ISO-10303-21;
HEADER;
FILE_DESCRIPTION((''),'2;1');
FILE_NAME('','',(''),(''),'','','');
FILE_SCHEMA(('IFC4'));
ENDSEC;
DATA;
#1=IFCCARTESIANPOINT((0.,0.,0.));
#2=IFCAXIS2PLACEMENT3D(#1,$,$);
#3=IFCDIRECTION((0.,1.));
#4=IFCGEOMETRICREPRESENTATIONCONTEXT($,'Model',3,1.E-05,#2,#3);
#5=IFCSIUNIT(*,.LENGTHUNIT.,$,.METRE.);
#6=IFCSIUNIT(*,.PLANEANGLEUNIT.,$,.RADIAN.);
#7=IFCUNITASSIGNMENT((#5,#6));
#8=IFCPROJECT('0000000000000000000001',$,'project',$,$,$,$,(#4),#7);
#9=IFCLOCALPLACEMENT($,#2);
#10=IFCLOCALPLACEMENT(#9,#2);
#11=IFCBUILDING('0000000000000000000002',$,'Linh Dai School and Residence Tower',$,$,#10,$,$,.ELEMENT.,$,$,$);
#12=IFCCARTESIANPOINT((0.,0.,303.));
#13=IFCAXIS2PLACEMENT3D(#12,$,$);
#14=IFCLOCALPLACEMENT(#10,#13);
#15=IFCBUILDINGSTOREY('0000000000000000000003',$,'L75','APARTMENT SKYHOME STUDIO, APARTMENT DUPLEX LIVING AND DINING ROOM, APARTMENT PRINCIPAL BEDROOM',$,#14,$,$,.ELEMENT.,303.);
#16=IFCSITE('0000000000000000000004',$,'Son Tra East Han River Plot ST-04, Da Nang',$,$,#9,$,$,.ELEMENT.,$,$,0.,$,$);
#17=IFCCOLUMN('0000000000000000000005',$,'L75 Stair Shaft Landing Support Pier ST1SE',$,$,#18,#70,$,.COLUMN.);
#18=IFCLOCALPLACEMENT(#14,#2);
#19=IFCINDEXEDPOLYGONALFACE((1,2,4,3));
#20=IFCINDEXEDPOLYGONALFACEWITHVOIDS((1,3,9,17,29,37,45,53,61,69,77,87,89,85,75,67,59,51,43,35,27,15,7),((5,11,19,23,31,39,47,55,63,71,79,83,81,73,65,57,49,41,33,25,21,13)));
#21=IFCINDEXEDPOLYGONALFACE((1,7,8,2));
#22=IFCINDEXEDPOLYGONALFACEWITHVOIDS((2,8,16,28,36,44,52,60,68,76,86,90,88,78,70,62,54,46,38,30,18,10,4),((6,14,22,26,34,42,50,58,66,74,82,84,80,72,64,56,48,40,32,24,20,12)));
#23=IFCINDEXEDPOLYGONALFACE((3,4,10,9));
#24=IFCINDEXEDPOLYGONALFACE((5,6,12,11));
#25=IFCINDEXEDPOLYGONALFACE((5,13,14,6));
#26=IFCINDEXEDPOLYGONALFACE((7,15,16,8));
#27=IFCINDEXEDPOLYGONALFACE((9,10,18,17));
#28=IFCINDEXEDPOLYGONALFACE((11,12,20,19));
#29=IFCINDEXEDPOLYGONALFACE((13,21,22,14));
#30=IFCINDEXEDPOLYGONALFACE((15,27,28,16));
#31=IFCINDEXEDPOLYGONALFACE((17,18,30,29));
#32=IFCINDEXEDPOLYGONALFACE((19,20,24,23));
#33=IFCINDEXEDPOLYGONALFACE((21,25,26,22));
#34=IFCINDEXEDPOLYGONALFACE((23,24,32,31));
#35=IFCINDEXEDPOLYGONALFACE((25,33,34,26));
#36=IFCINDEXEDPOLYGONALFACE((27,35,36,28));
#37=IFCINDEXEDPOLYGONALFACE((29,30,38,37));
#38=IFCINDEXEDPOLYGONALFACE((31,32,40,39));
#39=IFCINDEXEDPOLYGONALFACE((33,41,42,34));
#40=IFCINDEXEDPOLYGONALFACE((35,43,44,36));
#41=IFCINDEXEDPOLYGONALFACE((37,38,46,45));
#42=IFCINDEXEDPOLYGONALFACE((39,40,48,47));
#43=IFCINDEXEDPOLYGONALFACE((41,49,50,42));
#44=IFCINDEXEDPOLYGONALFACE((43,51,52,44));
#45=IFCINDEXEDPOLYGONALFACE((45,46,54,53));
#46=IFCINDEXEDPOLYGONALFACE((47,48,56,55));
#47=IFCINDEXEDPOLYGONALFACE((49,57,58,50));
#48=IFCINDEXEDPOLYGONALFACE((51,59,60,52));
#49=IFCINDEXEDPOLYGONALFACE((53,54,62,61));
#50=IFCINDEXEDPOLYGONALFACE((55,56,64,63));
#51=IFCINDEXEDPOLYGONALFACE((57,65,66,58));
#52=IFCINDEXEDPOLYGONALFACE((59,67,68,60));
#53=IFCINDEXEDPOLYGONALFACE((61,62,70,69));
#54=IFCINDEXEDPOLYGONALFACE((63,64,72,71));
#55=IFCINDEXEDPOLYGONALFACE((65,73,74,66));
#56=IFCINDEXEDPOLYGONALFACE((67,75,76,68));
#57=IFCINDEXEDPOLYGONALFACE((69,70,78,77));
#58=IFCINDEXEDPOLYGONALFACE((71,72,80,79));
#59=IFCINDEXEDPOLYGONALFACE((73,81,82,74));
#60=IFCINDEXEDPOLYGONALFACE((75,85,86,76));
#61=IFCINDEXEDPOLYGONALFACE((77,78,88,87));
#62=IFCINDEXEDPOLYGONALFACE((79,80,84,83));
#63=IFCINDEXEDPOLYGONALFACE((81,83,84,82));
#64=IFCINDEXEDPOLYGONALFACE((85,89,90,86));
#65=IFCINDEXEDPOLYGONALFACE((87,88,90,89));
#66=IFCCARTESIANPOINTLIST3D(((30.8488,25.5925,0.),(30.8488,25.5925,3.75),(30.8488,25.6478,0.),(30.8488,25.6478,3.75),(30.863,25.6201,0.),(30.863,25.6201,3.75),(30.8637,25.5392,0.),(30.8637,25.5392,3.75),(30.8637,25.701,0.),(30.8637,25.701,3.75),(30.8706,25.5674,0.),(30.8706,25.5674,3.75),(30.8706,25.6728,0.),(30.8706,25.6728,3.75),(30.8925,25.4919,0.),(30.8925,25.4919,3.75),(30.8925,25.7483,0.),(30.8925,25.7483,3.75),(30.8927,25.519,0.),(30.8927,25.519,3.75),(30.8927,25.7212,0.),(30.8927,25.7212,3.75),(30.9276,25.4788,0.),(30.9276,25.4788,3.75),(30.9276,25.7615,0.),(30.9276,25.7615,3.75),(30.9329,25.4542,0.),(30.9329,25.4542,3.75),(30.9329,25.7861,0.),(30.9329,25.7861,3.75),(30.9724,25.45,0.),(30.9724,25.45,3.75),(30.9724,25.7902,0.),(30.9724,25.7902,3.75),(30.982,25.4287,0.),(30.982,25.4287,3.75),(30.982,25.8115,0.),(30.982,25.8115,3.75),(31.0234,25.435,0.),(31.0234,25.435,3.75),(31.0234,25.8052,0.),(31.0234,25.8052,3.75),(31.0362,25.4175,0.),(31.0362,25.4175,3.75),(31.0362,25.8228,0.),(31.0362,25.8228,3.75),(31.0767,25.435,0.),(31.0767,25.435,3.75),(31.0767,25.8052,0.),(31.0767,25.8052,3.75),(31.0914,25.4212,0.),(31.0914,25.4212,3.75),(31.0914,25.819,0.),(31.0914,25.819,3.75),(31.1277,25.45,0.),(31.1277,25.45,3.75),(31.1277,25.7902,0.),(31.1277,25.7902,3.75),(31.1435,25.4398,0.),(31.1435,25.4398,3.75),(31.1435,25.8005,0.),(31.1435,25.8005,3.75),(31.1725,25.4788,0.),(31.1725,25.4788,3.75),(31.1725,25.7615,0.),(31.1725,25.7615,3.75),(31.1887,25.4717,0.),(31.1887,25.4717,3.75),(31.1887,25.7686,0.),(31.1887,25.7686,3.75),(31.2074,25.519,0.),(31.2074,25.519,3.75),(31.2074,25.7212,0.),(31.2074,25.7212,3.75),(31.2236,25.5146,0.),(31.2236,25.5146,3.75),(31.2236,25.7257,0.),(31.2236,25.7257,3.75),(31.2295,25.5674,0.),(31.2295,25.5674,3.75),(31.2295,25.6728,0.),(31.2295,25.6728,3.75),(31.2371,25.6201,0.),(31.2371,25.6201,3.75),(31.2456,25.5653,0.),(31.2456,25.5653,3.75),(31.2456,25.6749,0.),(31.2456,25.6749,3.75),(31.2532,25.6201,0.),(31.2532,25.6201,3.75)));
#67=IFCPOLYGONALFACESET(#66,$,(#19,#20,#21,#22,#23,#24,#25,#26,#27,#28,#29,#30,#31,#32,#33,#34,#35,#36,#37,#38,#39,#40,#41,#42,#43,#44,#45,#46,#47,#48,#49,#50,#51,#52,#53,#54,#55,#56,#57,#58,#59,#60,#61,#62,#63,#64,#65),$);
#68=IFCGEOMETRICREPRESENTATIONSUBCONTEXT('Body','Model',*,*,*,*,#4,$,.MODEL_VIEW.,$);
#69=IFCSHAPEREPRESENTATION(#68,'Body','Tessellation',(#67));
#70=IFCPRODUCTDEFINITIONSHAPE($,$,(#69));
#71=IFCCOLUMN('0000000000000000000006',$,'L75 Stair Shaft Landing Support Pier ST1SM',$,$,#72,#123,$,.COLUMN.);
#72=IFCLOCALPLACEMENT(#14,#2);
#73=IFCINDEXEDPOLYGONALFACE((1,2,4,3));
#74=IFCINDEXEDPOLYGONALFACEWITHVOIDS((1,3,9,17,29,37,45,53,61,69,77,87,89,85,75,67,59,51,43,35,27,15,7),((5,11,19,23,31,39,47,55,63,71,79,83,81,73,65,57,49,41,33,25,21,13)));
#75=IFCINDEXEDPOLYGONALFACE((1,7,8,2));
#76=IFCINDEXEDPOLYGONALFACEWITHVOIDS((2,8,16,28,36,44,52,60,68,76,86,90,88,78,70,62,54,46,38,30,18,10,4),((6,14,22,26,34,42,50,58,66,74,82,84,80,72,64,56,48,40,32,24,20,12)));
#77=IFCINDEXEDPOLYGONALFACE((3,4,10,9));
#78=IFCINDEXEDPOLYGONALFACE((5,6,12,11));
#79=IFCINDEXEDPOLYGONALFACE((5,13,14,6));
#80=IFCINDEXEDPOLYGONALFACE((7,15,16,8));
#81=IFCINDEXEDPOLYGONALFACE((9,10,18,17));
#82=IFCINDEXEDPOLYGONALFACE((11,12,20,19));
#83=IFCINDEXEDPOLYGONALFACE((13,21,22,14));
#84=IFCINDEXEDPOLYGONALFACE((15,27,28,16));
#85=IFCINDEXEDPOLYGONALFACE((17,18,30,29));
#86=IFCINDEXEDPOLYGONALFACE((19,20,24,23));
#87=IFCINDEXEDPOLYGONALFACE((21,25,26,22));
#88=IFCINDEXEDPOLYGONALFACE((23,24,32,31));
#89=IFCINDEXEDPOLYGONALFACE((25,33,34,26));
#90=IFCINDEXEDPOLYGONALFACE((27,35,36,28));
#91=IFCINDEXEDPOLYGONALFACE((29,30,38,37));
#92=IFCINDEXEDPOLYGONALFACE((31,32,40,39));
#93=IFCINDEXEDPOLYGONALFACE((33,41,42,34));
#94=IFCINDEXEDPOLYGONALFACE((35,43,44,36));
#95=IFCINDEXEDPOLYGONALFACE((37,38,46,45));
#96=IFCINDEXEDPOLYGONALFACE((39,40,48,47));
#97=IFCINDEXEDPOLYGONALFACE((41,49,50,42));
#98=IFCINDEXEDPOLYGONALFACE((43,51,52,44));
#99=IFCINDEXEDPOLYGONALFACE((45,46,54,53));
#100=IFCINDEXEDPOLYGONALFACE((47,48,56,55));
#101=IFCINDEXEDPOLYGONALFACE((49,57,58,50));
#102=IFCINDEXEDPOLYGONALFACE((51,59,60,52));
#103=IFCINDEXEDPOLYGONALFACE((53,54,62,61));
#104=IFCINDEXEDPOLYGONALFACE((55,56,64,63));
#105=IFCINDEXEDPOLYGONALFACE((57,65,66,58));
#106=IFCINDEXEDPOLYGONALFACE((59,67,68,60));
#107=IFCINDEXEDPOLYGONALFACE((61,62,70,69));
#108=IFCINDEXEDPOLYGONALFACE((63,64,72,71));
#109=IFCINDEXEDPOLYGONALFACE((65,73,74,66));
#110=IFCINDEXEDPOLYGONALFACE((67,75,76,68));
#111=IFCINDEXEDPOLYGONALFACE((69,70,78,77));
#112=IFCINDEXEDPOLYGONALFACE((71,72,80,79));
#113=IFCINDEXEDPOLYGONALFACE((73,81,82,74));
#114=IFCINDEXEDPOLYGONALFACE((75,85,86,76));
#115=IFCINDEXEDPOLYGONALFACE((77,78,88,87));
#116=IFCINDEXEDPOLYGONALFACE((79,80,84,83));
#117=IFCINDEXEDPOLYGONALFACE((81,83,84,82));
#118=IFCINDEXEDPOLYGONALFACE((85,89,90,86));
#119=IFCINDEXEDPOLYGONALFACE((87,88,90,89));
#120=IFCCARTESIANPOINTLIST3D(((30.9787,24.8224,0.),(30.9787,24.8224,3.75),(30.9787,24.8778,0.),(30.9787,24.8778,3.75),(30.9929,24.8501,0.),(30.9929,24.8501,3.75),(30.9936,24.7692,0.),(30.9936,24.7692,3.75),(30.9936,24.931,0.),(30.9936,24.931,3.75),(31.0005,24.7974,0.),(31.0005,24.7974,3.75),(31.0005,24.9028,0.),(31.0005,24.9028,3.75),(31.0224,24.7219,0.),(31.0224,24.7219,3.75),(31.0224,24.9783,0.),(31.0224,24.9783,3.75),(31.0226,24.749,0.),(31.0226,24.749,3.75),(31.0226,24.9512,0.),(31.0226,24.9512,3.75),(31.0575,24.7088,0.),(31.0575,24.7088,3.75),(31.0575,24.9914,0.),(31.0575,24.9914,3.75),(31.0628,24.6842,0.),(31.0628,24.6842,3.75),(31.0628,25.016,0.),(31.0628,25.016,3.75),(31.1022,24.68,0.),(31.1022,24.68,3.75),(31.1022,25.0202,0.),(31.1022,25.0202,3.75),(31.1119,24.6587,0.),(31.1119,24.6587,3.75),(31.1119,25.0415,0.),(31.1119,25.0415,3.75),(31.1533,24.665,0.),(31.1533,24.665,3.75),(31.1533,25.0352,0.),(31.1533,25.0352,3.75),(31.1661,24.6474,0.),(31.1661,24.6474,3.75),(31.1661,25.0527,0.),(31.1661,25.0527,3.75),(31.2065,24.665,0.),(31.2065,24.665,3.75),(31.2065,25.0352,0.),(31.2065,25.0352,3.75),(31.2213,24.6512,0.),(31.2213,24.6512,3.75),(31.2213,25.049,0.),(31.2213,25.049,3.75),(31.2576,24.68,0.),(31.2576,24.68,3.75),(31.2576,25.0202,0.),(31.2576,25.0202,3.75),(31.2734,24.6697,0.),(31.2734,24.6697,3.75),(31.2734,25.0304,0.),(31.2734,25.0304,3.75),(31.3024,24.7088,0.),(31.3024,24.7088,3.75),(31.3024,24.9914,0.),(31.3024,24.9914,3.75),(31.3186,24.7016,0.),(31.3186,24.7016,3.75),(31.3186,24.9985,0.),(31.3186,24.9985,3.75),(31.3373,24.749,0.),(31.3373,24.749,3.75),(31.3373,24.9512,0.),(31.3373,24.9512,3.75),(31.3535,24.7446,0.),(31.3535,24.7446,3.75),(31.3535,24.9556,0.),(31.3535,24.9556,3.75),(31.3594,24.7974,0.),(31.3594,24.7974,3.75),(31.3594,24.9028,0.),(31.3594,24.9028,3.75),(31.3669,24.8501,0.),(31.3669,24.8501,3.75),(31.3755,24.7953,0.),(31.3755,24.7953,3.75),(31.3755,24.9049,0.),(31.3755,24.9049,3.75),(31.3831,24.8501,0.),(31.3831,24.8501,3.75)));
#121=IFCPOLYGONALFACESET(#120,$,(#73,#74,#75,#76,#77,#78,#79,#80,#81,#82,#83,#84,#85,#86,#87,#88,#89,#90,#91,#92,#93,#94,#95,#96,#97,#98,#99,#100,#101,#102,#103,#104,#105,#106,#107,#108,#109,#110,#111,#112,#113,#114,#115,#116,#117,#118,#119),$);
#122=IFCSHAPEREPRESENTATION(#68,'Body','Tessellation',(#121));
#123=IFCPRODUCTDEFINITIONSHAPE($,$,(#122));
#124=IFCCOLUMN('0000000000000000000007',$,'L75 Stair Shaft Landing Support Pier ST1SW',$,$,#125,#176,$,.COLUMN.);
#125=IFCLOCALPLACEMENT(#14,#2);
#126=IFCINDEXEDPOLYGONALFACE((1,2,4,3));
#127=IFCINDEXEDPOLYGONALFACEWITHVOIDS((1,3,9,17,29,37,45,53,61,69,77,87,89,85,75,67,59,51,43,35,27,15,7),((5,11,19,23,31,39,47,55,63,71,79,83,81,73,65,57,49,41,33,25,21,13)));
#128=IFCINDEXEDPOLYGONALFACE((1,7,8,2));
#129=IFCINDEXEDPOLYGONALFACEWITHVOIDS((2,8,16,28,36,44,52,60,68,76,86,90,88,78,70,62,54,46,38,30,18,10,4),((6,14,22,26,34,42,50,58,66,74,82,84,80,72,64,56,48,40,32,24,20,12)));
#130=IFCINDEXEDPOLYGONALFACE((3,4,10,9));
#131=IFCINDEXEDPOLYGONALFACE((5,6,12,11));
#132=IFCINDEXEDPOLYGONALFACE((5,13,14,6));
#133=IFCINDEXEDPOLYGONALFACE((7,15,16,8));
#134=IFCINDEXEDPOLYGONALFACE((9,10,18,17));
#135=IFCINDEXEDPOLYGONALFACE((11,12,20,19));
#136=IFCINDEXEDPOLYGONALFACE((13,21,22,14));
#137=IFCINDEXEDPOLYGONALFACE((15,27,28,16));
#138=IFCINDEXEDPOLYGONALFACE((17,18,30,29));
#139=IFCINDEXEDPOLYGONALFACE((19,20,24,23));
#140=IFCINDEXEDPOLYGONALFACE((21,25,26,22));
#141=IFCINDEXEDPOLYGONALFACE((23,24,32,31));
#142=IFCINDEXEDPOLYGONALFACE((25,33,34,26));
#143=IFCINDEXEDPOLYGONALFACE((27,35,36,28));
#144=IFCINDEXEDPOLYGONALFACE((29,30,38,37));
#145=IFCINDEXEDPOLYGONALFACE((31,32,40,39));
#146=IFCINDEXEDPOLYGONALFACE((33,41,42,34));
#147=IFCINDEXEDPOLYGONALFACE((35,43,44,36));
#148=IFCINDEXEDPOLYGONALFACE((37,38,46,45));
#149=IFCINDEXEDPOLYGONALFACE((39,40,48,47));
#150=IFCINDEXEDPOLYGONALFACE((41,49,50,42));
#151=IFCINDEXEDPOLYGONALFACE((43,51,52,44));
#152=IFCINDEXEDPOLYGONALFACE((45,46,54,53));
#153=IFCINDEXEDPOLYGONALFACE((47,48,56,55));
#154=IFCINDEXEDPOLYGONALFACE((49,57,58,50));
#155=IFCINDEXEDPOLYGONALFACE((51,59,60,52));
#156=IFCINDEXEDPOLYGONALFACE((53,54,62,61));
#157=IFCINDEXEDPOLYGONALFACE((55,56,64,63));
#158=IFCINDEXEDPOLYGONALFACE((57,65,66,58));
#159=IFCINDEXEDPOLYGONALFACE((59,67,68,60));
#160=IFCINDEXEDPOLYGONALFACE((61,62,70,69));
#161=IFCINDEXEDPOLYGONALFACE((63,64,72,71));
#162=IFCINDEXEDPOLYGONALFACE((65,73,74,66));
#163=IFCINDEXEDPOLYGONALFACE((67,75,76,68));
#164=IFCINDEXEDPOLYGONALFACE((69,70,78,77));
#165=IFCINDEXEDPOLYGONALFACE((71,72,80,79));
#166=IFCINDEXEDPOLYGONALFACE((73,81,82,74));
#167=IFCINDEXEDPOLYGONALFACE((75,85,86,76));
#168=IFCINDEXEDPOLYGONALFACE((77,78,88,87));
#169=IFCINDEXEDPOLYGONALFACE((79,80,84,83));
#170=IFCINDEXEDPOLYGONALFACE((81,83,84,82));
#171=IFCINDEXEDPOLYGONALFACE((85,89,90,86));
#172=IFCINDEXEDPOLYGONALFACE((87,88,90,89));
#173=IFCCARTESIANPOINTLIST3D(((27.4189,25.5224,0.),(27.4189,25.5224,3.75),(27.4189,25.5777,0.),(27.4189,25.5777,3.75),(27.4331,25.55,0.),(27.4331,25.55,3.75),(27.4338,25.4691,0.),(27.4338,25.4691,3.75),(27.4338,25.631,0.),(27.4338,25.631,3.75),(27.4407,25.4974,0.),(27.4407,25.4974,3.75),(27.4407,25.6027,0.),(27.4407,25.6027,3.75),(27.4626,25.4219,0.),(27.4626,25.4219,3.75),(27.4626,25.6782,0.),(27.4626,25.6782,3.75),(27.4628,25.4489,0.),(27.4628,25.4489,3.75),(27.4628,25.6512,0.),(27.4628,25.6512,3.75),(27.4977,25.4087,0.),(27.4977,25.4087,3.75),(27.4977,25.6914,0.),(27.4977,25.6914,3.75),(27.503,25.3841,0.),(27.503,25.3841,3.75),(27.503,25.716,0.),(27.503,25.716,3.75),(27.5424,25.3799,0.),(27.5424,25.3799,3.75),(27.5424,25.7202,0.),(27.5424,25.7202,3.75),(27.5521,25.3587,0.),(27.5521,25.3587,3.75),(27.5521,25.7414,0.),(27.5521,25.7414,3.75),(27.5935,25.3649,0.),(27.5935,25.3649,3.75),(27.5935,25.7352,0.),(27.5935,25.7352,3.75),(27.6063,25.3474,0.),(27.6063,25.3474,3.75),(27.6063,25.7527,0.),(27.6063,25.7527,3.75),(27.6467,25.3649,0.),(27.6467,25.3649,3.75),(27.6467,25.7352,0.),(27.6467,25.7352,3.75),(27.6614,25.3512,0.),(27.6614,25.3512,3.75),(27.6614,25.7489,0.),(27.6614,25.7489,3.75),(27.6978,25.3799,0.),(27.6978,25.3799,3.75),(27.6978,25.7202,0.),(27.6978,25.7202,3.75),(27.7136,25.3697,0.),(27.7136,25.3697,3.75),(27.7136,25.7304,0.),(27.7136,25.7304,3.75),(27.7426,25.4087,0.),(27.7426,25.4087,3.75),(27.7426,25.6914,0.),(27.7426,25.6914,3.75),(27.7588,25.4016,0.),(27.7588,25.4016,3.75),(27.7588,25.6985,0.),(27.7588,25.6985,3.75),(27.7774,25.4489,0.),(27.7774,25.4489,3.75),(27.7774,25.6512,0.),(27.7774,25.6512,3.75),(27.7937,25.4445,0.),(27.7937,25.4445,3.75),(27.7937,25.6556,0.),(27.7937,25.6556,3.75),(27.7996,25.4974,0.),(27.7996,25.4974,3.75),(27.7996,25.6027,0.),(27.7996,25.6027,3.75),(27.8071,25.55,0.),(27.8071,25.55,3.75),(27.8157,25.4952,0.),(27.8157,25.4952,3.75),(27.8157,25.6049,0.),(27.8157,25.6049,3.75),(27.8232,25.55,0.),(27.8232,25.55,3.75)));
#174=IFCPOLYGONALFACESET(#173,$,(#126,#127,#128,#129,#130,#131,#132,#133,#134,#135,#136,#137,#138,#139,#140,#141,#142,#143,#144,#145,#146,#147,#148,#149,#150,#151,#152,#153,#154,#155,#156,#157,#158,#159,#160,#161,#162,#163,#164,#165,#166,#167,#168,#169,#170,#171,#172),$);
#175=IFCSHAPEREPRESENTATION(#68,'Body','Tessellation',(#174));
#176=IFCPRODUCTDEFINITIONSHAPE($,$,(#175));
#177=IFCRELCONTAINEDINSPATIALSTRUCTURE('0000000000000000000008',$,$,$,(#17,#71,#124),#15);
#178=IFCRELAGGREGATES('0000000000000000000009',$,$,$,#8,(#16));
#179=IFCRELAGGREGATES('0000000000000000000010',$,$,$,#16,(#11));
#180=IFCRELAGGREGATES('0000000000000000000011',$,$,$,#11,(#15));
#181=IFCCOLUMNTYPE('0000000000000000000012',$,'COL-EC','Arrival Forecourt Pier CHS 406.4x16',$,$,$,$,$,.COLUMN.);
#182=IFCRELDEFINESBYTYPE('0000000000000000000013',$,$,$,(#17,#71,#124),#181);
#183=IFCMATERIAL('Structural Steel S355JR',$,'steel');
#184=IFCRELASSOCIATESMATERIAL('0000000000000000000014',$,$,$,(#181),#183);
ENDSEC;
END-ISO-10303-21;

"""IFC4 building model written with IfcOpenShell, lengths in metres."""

from ifc_helpers import new_model, si_unit, direction, frame, origin, origin_2d, place, context, subcontext, project, spatial, hollow_circle, extrude, material, material_profile, profile_set, type_object, element, save


model = new_model("IFC4")

# Units and contexts
model_context = context("Model", 3, precision=1e-05, world=origin(), true_north=direction((0.0, 1.0)))
body_context = subcontext(model_context, "Body", "Model", "MODEL_VIEW")
ifc_project = project(units=[si_unit("LENGTHUNIT", "METRE"), si_unit("PLANEANGLEUNIT", "RADIAN")], contexts=[model_context])

# Site, building, storey
site_placement = place(None, origin())
site = spatial("IfcSite", under=ifc_project, at=site_placement, Name="Son Tra East Han River Plot ST-04, Da Nang", CompositionType="ELEMENT", RefElevation=0.0)
building_placement = place(site_placement, origin())
building = spatial("IfcBuilding", under=site, at=building_placement, Name="Linh Dai School and Residence Tower", CompositionType="ELEMENT")
storey_placement = place(building_placement, frame((0.0, 0.0, 303.0)))
storey = spatial("IfcBuildingStorey", under=building, at=storey_placement, Name="L75", Description="APARTMENT SKYHOME STUDIO, APARTMENT DUPLEX LIVING AND DINING ROOM, APARTMENT PRINCIPAL BEDROOM", CompositionType="ELEMENT", Elevation=303.0)

# Columns
ifc_material_1 = material(Name="Structural Steel S355JR", Category="steel")
ifc_material_profile_1 = material_profile(ifc_material_1, hollow_circle(Radius=0.2031, WallThickness=0.0161, at=origin_2d()), Name="CHS 406.4x16")
ifc_profile_set_1 = profile_set([ifc_material_profile_1], Name="Structural Steel S355JR")
column_type = type_object("IfcColumnType", Name="COL-EC", Description="Arrival Forecourt Pier CHS 406.4x16", PredefinedType="COLUMN", material=ifc_profile_set_1)
for number, where, z_axis, x_axis, name in (
    (1, (31.05, 25.6201, 0.0), (0.0, 0.0, 1.0), (1.0, 0.0, 0.0), "L75 Stair Shaft Landing Support Pier ST1SE"),
    (2, (31.1799, 24.8501, 0.0), (0.0, 0.0, 1.0), (1.0, 0.0, 0.0), "L75 Stair Shaft Landing Support Pier ST1SM"),
    (3, (27.6201, 25.55, 0.0), (0.0, 0.0, 1.0), (1.0, 0.0, 0.0), "L75 Stair Shaft Landing Support Pier ST1SW"),
):
    element("IfcColumn", number, at=place(storey_placement, frame(where, z_axis=z_axis, x_axis=x_axis)), inside=storey, type_object=column_type, Name=name, PredefinedType="COLUMN", context=body_context, shape_type="SweptSolid", body=[
        extrude(hollow_circle(Radius=0.2031, WallThickness=0.0161, at=origin_2d()), origin(), (0.0, 0.0, 1.0), 3.75),
    ])

save(model, "model.ifc")
